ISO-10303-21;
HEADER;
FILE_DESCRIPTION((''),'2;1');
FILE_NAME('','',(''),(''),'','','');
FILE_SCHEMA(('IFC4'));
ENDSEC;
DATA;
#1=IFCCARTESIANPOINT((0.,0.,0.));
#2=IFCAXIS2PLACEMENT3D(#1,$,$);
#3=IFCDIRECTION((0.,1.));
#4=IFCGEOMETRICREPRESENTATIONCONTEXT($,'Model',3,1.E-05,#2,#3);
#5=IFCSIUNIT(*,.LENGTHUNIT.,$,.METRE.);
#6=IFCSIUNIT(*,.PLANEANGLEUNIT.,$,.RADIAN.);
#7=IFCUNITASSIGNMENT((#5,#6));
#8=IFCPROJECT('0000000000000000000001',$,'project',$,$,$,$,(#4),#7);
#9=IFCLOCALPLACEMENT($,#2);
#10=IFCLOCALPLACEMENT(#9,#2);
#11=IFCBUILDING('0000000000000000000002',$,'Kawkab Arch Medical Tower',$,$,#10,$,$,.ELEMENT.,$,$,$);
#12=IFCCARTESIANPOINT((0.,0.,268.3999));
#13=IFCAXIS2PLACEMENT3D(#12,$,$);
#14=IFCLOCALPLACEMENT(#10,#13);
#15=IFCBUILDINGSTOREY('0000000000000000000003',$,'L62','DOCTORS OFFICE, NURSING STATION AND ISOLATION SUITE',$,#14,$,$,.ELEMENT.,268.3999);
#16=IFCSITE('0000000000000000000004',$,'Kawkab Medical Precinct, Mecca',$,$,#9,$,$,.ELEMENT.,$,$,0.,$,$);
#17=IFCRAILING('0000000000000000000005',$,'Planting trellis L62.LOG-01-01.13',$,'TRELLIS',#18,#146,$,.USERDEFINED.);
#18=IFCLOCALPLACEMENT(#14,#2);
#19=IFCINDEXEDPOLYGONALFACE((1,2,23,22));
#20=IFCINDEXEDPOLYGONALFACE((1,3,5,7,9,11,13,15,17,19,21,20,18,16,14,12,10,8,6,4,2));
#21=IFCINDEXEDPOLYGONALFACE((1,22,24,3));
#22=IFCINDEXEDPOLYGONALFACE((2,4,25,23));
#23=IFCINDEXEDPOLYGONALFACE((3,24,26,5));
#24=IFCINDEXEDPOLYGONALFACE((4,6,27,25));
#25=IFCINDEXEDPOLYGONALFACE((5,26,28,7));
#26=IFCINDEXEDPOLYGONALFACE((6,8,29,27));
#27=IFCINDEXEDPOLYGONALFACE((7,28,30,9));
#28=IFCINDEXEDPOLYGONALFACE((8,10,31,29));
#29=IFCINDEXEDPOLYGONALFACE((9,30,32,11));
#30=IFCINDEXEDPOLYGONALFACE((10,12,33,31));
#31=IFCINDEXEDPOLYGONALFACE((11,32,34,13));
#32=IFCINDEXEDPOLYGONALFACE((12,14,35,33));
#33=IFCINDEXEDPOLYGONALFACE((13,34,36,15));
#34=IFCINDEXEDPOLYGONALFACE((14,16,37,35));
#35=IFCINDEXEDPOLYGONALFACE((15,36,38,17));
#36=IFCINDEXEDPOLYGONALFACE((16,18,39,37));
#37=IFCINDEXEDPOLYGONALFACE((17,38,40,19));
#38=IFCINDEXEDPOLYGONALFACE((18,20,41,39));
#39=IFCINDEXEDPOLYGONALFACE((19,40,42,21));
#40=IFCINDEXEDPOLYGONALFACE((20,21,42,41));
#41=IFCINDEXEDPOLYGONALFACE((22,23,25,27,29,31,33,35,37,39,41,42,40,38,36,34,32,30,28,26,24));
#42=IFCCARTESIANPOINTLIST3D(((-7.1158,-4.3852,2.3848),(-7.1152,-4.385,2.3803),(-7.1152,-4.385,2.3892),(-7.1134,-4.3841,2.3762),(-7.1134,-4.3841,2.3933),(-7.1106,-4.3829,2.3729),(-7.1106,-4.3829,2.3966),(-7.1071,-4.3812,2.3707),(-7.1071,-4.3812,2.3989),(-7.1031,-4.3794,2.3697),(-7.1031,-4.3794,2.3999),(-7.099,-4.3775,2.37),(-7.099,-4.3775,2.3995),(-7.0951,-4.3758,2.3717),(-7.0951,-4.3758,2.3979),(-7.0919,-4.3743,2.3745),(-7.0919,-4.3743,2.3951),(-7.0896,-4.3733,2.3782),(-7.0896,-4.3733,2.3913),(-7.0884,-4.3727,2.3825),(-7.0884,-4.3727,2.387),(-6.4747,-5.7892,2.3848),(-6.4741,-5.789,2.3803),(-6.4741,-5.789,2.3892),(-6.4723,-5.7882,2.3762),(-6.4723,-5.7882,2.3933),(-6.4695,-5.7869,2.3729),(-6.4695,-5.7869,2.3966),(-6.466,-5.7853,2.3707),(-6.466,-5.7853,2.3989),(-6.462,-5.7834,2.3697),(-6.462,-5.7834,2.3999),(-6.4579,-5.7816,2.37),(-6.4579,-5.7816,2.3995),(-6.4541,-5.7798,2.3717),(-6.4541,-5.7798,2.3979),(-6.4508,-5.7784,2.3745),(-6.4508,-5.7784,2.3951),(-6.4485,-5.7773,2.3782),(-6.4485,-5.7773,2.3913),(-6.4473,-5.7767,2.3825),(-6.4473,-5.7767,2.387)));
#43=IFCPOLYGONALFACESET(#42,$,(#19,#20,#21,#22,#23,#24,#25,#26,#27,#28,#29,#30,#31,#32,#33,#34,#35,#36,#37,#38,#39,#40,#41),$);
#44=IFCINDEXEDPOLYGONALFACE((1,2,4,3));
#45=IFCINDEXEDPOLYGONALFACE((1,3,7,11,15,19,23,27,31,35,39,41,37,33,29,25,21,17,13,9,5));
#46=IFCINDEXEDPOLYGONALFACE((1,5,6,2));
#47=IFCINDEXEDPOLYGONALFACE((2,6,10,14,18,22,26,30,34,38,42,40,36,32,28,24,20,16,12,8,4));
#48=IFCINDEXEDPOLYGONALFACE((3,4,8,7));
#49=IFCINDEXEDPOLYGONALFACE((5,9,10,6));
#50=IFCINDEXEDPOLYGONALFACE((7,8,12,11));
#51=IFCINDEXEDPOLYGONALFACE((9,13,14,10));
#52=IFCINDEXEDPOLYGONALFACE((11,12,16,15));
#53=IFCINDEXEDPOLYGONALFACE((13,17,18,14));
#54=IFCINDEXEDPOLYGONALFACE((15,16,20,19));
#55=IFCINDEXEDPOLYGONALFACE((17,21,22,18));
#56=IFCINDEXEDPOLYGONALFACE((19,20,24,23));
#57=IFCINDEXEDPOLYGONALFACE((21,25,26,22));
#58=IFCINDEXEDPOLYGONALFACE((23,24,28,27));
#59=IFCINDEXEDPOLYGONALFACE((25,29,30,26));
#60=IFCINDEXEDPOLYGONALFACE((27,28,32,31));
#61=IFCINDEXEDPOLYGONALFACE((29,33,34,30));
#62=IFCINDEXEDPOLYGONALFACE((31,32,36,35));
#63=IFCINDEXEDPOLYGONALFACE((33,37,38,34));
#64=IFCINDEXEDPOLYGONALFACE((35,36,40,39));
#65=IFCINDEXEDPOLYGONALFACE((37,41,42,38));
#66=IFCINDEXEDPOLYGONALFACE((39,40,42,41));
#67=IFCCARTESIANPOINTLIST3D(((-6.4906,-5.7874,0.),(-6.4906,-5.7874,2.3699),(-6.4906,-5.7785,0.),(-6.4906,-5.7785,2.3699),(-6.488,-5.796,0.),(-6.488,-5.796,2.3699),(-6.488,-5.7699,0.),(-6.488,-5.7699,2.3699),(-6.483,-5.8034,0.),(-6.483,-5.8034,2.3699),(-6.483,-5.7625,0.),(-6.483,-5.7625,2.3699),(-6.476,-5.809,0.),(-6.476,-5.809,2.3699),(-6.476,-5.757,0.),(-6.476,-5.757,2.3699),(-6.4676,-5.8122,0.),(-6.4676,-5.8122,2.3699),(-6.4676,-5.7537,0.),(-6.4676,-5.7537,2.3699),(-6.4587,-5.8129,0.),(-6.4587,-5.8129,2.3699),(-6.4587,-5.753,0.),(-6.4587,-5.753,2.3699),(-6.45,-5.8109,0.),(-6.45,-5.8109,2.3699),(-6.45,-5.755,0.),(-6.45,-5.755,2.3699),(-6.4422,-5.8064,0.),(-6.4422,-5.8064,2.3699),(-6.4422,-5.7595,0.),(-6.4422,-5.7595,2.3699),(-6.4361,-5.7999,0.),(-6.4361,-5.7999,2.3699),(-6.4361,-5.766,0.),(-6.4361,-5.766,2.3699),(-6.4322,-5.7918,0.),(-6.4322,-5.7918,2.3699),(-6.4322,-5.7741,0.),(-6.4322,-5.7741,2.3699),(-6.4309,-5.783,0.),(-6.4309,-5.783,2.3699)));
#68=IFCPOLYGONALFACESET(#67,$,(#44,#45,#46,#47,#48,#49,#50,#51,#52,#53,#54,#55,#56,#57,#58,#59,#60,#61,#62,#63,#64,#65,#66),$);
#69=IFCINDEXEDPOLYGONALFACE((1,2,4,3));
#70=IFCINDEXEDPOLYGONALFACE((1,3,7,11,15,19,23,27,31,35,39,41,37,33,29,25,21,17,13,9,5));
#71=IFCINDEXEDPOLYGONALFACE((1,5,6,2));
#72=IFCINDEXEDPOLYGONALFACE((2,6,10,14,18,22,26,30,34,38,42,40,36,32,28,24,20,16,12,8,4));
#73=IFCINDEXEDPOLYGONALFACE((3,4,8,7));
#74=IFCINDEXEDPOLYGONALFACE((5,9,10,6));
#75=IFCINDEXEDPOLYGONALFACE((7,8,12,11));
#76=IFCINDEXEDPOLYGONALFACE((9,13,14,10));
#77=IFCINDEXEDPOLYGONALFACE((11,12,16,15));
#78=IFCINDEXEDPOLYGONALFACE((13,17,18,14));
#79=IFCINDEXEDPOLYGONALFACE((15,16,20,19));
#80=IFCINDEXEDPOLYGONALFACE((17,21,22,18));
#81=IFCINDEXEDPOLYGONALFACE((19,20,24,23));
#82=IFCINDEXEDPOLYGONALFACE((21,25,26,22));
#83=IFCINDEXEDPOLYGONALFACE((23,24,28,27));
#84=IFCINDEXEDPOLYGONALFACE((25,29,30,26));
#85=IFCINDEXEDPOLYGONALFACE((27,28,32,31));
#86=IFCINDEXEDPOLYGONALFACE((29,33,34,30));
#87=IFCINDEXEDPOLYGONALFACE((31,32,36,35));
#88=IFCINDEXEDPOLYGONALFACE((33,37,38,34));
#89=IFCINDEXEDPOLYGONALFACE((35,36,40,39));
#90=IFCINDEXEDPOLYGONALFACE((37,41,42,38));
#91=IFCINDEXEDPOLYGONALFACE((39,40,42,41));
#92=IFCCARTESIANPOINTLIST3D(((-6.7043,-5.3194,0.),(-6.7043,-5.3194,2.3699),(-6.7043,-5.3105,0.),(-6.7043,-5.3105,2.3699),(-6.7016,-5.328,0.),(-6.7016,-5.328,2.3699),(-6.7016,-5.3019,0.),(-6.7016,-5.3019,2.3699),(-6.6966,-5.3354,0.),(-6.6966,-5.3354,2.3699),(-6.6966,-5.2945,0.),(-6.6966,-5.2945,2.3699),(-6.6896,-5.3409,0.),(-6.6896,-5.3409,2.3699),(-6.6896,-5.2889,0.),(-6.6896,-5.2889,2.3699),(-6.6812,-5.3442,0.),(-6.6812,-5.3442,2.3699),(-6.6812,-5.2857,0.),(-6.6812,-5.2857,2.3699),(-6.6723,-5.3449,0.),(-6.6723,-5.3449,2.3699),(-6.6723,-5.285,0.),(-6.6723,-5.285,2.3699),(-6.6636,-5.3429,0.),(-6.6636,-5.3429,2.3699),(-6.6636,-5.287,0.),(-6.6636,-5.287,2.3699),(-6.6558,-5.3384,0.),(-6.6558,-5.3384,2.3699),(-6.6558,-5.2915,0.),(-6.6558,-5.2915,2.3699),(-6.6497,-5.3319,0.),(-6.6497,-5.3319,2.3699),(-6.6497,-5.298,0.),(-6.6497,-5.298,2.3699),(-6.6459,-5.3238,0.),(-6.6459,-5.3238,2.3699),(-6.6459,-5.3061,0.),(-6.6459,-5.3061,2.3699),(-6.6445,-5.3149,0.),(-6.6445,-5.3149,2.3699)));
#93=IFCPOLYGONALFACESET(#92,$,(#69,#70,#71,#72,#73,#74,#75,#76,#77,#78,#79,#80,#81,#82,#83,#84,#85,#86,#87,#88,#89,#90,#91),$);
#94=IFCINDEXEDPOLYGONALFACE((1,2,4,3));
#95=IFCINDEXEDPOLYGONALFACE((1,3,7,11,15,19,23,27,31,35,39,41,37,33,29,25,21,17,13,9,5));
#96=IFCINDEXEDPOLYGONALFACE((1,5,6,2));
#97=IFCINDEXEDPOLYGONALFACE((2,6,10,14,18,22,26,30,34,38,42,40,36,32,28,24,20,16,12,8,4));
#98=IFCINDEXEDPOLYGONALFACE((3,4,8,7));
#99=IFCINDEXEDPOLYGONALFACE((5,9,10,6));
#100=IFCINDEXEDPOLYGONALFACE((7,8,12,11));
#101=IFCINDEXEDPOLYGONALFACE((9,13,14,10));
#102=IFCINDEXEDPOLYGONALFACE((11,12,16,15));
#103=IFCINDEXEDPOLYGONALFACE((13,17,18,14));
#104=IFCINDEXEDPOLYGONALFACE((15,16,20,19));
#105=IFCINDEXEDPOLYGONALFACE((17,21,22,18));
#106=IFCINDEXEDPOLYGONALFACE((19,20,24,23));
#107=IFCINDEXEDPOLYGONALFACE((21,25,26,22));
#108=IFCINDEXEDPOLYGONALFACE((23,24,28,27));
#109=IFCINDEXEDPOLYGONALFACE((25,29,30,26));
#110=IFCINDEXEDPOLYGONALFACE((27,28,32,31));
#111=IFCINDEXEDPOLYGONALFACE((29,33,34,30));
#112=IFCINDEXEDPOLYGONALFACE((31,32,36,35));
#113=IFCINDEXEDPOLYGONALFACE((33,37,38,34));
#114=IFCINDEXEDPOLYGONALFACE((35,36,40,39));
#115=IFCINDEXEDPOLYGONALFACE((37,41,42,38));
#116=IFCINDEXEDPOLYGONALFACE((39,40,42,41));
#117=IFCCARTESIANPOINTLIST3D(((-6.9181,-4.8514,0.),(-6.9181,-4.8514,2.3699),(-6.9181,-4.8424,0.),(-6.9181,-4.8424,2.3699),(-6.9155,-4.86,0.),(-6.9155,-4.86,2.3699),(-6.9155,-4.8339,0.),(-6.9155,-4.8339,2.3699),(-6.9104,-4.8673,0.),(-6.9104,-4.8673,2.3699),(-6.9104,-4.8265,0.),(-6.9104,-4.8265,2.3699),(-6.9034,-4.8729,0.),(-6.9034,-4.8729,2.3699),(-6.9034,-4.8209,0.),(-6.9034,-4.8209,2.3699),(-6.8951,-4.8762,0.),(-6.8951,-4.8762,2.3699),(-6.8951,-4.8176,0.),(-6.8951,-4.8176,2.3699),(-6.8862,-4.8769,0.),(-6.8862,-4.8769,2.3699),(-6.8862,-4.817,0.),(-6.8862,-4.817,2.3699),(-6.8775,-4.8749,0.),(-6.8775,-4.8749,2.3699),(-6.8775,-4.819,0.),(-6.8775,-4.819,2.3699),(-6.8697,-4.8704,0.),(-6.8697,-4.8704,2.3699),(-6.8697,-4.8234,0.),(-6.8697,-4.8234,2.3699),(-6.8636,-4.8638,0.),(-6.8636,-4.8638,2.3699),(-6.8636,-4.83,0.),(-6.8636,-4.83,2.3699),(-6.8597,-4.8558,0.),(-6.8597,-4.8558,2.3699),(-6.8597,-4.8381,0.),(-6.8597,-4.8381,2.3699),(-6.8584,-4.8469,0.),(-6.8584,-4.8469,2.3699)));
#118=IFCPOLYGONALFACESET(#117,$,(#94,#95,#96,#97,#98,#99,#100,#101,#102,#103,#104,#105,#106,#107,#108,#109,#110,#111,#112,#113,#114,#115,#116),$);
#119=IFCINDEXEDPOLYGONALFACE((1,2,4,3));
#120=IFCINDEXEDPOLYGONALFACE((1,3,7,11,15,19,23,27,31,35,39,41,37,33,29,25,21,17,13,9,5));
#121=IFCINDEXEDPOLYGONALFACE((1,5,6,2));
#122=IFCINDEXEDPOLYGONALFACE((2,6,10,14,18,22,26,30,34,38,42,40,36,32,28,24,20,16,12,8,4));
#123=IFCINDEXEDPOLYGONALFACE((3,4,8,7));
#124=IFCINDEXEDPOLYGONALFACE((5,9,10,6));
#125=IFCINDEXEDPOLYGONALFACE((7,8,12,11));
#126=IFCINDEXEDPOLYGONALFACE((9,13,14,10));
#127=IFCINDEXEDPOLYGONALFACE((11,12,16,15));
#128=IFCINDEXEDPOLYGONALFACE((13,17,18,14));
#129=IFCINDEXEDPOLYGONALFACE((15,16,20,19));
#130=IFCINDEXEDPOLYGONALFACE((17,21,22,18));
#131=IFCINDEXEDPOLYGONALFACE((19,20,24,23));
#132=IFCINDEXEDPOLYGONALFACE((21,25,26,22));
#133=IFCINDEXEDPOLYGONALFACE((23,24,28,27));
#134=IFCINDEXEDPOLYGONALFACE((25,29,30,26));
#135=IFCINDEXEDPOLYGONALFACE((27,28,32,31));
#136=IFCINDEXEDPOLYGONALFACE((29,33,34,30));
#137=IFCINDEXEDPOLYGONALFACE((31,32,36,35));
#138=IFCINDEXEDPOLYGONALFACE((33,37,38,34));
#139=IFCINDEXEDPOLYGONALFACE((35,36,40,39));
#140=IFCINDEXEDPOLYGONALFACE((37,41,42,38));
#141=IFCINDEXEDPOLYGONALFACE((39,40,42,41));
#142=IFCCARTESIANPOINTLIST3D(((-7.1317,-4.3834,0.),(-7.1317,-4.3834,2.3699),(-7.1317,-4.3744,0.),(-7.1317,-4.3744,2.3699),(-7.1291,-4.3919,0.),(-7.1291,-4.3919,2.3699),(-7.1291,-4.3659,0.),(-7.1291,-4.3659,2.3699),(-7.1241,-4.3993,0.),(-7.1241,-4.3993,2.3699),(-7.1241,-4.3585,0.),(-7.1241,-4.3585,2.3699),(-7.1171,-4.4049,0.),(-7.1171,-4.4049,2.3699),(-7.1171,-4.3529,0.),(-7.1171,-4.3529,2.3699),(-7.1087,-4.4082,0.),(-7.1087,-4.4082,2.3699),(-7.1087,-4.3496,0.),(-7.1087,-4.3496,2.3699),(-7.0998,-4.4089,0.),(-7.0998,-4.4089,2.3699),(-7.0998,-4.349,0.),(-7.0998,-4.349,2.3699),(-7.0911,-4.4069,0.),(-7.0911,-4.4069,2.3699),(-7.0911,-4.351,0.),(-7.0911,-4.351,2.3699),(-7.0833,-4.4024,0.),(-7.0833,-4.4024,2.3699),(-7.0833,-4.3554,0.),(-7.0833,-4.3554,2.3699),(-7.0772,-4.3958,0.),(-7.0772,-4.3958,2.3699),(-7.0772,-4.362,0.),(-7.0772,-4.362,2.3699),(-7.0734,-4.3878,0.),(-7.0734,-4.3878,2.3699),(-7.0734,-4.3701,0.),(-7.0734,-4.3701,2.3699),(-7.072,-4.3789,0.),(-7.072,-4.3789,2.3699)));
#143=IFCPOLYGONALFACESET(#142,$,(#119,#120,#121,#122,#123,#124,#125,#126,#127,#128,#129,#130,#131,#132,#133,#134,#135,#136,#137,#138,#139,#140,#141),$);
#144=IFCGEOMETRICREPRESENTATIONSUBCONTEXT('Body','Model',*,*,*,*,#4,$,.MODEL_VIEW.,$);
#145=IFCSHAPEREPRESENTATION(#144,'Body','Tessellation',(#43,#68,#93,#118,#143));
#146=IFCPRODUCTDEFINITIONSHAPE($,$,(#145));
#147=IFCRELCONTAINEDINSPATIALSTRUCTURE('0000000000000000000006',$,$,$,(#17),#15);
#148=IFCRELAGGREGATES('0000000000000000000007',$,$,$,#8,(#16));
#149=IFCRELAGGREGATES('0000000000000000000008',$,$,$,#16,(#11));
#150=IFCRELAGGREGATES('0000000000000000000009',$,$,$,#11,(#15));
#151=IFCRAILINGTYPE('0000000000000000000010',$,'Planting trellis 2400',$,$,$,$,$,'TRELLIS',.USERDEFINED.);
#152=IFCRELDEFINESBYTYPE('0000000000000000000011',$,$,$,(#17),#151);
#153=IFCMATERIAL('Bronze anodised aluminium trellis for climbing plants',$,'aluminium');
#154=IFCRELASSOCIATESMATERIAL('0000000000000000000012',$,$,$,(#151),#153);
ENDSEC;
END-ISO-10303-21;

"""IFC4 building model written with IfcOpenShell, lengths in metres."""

from ifc_helpers import new_model, si_unit, direction, frame, origin, origin_2d, place, context, subcontext, project, spatial, circle, extrude, material, type_object, element, save


model = new_model("IFC4")

# Units and contexts
model_context = context("Model", 3, precision=1e-05, world=origin(), true_north=direction((0.0, 1.0)))
body_context = subcontext(model_context, "Body", "Model", "MODEL_VIEW")
ifc_project = project(units=[si_unit("LENGTHUNIT", "METRE"), si_unit("PLANEANGLEUNIT", "RADIAN")], contexts=[model_context])

# Site, building, storey
site_placement = place(None, origin())
site = spatial("IfcSite", under=ifc_project, at=site_placement, Name="Kawkab Medical Precinct, Mecca", CompositionType="ELEMENT", RefElevation=0.0)
building_placement = place(site_placement, origin())
building = spatial("IfcBuilding", under=site, at=building_placement, Name="Kawkab Arch Medical Tower", CompositionType="ELEMENT")
storey_placement = place(building_placement, frame((0.0, 0.0, 268.3999)))
storey = spatial("IfcBuildingStorey", under=building, at=storey_placement, Name="L62", Description="DOCTORS OFFICE, NURSING STATION AND ISOLATION SUITE", CompositionType="ELEMENT", Elevation=268.3999)

# Railing
ifc_material_1 = material(Name="Bronze anodised aluminium trellis for climbing plants", Category="aluminium")
railing_type = type_object("IfcRailingType", Name="Planting trellis 2400", ElementType="TRELLIS", PredefinedType="USERDEFINED", material=ifc_material_1)
railing_1_placement = place(storey_placement, frame((-6.4609, -5.783, 0.0)))
element("IfcRailing", 1, at=railing_1_placement, inside=storey, type_object=railing_type, Name="Planting trellis L62.LOG-01-01.13", ObjectType="TRELLIS", PredefinedType="USERDEFINED", context=body_context, shape_type="SweptSolid", body=[
    extrude(circle(Radius=0.0151, at=origin_2d()), frame((0.0, 0.0, 2.3848), z_axis=(-0.415363, 0.909656, 0.0), x_axis=(-0.909656, -0.415363, 0.0)), (0.0, 0.0, 1.0), 1.5435),
    extrude(circle(Radius=0.03, at=origin_2d()), origin(), (0.0, 0.0, 1.0), 2.3699),
    extrude(circle(Radius=0.03, at=origin_2d()), frame((-0.2136, 0.468, 0.0)), (0.0, 0.0, 1.0), 2.3699),
    extrude(circle(Radius=0.03, at=origin_2d()), frame((-0.4275, 0.936, 0.0)), (0.0, 0.0, 1.0), 2.3699),
    extrude(circle(Radius=0.03, at=origin_2d()), frame((-0.6411, 1.4041, 0.0)), (0.0, 0.0, 1.0), 2.3699),
])

save(model, "model.ifc")
